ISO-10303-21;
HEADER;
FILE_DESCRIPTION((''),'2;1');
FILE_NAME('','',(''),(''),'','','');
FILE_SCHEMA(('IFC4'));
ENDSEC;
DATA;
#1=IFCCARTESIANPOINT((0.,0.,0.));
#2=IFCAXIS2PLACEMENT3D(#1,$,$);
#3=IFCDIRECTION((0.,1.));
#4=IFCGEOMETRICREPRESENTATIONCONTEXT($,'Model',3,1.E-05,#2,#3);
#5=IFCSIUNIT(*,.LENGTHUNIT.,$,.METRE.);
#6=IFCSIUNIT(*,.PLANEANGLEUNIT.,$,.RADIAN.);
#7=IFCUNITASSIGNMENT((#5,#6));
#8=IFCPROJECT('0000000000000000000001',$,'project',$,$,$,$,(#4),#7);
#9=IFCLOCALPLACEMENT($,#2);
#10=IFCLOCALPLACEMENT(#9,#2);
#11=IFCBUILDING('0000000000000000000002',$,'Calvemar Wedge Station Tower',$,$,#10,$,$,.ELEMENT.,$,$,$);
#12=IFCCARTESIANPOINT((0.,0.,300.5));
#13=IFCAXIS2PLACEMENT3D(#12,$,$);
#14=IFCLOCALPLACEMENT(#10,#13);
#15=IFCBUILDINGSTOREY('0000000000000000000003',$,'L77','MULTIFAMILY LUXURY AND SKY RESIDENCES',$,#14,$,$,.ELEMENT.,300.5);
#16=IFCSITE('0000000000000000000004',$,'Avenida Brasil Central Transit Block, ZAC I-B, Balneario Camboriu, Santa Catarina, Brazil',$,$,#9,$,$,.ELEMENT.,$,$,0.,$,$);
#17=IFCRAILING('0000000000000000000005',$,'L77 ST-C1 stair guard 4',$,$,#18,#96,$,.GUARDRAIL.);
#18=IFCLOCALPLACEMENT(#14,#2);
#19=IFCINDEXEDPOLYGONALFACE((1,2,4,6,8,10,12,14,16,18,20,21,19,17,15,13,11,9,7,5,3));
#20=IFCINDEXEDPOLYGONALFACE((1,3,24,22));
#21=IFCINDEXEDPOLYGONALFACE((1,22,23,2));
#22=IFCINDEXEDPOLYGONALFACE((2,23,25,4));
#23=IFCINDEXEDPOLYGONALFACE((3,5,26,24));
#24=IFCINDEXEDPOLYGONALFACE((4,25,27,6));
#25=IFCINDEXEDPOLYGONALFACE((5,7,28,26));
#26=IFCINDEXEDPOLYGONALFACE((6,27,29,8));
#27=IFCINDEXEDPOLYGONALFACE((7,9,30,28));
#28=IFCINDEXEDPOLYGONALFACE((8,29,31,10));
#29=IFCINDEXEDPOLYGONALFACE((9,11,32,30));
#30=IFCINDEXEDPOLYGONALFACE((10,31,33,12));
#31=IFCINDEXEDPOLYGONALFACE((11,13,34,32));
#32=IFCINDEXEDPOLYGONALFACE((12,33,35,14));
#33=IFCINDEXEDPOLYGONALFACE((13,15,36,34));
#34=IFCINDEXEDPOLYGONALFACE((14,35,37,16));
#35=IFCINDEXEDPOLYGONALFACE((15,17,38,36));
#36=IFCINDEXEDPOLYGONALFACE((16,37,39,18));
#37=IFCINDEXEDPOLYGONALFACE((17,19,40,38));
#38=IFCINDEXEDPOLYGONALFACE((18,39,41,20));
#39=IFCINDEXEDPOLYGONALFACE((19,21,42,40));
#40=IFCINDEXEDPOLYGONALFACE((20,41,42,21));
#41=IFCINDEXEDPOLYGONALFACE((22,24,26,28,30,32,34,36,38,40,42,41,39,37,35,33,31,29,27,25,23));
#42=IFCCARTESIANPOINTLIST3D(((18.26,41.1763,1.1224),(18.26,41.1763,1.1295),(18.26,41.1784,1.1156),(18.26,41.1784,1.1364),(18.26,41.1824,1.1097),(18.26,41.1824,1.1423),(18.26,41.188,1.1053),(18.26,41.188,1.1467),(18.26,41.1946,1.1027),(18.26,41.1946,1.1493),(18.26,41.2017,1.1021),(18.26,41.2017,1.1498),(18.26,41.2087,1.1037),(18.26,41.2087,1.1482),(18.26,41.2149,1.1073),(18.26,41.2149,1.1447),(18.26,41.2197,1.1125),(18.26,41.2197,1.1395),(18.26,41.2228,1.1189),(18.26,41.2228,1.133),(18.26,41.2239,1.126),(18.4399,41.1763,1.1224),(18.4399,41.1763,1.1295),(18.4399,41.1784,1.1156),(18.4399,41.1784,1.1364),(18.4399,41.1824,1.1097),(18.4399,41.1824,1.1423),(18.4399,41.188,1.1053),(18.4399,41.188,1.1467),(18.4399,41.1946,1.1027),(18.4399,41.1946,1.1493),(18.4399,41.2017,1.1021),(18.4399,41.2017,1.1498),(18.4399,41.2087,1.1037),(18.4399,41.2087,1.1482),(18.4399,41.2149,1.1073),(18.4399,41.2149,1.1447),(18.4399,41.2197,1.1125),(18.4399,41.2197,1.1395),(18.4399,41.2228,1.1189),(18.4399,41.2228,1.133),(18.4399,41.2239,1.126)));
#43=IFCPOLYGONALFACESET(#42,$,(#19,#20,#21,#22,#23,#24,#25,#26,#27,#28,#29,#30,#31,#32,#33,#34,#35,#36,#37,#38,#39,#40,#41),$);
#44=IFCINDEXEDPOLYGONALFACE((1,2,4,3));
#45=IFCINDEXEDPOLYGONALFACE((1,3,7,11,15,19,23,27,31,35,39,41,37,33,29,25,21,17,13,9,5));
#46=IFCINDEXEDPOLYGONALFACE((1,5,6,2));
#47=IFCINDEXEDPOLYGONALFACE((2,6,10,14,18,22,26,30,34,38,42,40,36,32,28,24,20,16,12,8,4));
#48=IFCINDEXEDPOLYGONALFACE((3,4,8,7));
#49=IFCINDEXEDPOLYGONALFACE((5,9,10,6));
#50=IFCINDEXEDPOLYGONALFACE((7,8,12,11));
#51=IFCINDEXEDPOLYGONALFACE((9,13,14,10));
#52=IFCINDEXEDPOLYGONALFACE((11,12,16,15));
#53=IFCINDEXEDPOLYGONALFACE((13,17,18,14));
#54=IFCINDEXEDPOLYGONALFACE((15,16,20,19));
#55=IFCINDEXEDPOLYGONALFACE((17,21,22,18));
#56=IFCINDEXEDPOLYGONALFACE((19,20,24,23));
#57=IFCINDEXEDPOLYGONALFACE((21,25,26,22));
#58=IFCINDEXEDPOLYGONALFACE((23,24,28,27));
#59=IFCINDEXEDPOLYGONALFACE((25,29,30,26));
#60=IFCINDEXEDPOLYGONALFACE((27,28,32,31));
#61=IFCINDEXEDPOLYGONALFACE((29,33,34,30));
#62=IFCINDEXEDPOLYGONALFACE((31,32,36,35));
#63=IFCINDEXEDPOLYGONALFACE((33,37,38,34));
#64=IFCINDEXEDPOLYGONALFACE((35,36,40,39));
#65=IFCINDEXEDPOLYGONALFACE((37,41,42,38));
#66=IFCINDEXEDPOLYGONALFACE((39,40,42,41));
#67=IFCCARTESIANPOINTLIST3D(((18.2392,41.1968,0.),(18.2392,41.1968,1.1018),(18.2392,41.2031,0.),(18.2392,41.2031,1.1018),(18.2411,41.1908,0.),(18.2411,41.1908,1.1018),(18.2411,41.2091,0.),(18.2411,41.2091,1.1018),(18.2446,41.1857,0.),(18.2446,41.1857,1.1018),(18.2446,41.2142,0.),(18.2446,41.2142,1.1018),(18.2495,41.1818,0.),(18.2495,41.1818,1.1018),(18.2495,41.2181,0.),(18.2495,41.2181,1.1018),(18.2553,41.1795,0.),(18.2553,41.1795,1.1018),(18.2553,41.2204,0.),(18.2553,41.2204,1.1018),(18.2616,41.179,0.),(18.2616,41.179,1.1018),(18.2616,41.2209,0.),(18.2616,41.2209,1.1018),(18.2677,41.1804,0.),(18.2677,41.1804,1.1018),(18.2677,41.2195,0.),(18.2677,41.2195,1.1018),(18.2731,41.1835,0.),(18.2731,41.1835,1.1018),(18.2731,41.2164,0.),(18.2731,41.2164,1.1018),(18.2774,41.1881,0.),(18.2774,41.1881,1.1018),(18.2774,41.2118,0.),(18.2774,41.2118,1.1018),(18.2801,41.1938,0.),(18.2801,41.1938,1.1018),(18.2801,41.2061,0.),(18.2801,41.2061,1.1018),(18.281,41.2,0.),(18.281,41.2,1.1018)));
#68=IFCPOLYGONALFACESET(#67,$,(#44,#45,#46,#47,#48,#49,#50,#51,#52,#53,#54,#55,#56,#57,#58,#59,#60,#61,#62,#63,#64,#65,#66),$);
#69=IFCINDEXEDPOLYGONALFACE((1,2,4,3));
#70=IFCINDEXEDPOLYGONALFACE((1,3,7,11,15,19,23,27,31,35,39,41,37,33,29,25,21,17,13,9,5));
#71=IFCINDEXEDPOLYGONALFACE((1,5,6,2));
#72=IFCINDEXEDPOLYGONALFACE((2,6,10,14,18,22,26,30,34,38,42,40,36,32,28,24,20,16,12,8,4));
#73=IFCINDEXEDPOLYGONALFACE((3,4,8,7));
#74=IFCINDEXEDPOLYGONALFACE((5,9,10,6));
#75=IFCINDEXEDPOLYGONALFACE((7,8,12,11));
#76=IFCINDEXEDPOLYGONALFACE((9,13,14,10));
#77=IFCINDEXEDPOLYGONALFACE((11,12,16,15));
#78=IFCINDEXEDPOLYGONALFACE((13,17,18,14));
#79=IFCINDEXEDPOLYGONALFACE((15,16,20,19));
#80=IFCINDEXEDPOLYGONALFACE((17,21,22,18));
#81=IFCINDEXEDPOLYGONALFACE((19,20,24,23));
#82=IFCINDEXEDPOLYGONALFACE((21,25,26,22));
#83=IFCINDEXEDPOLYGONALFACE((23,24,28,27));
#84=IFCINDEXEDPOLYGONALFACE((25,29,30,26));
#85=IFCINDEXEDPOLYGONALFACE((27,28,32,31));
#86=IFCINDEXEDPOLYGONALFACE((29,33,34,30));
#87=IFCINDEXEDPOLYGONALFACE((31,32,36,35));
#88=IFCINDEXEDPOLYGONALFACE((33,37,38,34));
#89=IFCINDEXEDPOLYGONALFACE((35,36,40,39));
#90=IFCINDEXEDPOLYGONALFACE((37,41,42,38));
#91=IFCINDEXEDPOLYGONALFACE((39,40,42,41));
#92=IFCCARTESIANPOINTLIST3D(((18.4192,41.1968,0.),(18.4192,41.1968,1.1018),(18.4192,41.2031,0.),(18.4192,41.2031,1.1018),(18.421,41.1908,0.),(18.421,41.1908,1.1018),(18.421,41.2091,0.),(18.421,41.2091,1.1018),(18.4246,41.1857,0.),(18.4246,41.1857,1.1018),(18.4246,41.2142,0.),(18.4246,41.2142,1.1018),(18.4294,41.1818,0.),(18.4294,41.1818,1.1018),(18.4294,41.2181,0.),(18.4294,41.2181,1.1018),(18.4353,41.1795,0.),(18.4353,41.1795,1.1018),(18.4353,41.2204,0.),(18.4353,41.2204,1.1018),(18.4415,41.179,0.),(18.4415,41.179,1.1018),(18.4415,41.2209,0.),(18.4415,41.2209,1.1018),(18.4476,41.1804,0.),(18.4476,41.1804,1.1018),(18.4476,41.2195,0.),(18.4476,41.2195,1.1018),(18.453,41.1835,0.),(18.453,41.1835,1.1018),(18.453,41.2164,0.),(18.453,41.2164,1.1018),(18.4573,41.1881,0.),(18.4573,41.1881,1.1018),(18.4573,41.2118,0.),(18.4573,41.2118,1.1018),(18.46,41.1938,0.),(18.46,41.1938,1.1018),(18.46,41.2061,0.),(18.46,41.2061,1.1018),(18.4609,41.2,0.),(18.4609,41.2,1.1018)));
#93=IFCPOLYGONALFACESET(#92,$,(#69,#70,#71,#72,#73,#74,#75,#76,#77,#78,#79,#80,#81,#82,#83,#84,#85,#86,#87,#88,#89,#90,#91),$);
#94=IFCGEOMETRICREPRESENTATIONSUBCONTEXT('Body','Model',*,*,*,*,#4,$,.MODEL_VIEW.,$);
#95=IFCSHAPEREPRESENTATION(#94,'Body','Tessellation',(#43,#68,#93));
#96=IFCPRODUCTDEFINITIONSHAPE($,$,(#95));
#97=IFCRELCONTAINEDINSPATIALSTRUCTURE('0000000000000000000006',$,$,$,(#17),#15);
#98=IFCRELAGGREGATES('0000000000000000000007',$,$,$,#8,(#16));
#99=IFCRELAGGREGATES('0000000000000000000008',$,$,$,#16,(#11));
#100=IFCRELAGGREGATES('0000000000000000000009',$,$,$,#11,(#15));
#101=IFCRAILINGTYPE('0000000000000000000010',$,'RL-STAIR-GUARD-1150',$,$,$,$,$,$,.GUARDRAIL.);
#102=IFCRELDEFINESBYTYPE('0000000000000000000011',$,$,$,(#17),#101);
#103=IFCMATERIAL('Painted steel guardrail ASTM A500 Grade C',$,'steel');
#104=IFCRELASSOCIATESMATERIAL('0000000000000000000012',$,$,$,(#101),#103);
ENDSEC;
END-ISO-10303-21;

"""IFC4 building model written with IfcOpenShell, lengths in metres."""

from ifc_helpers import new_model, si_unit, direction, frame, origin, origin_2d, place, context, subcontext, project, spatial, circle, extrude, material, type_object, element, save


model = new_model("IFC4")

# Units and contexts
model_context = context("Model", 3, precision=1e-05, world=origin(), true_north=direction((0.0, 1.0)))
body_context = subcontext(model_context, "Body", "Model", "MODEL_VIEW")
ifc_project = project(units=[si_unit("LENGTHUNIT", "METRE"), si_unit("PLANEANGLEUNIT", "RADIAN")], contexts=[model_context])

# Site, building, storey
site_placement = place(None, origin())
site = spatial("IfcSite", under=ifc_project, at=site_placement, Name="Avenida Brasil Central Transit Block, ZAC I-B, Balneario Camboriu, Santa Catarina, Brazil", CompositionType="ELEMENT", RefElevation=0.0)
building_placement = place(site_placement, origin())
building = spatial("IfcBuilding", under=site, at=building_placement, Name="Calvemar Wedge Station Tower", CompositionType="ELEMENT")
storey_placement = place(building_placement, frame((0.0, 0.0, 300.5)))
storey = spatial("IfcBuildingStorey", under=building, at=storey_placement, Name="L77", Description="MULTIFAMILY LUXURY AND SKY RESIDENCES", CompositionType="ELEMENT", Elevation=300.5)

# Railing
ifc_material_1 = material(Name="Painted steel guardrail ASTM A500 Grade C", Category="steel")
railing_type = type_object("IfcRailingType", Name="RL-STAIR-GUARD-1150", PredefinedType="GUARDRAIL", material=ifc_material_1)
railing_placement = place(storey_placement, frame((18.26, 41.2, 0.0)))
element("IfcRailing", 1, at=railing_placement, inside=storey, type_object=railing_type, Name="L77 ST-C1 stair guard 4", PredefinedType="GUARDRAIL", context=body_context, shape_type="SweptSolid", body=[
    extrude(circle(Radius=0.0239, at=origin_2d()), frame((0.0, 0.0, 1.126), z_axis=(1.0, 0.0, 0.0), x_axis=(0.0, 1.0, 0.0)), (0.0, 0.0, 1.0), 0.1799),
    extrude(circle(Radius=0.021, at=origin_2d()), origin(), (0.0, 0.0, 1.0), 1.1018),
    extrude(circle(Radius=0.021, at=origin_2d()), frame((0.1799, 0.0, 0.0)), (0.0, 0.0, 1.0), 1.1018),
])

save(model, "model.ifc")
